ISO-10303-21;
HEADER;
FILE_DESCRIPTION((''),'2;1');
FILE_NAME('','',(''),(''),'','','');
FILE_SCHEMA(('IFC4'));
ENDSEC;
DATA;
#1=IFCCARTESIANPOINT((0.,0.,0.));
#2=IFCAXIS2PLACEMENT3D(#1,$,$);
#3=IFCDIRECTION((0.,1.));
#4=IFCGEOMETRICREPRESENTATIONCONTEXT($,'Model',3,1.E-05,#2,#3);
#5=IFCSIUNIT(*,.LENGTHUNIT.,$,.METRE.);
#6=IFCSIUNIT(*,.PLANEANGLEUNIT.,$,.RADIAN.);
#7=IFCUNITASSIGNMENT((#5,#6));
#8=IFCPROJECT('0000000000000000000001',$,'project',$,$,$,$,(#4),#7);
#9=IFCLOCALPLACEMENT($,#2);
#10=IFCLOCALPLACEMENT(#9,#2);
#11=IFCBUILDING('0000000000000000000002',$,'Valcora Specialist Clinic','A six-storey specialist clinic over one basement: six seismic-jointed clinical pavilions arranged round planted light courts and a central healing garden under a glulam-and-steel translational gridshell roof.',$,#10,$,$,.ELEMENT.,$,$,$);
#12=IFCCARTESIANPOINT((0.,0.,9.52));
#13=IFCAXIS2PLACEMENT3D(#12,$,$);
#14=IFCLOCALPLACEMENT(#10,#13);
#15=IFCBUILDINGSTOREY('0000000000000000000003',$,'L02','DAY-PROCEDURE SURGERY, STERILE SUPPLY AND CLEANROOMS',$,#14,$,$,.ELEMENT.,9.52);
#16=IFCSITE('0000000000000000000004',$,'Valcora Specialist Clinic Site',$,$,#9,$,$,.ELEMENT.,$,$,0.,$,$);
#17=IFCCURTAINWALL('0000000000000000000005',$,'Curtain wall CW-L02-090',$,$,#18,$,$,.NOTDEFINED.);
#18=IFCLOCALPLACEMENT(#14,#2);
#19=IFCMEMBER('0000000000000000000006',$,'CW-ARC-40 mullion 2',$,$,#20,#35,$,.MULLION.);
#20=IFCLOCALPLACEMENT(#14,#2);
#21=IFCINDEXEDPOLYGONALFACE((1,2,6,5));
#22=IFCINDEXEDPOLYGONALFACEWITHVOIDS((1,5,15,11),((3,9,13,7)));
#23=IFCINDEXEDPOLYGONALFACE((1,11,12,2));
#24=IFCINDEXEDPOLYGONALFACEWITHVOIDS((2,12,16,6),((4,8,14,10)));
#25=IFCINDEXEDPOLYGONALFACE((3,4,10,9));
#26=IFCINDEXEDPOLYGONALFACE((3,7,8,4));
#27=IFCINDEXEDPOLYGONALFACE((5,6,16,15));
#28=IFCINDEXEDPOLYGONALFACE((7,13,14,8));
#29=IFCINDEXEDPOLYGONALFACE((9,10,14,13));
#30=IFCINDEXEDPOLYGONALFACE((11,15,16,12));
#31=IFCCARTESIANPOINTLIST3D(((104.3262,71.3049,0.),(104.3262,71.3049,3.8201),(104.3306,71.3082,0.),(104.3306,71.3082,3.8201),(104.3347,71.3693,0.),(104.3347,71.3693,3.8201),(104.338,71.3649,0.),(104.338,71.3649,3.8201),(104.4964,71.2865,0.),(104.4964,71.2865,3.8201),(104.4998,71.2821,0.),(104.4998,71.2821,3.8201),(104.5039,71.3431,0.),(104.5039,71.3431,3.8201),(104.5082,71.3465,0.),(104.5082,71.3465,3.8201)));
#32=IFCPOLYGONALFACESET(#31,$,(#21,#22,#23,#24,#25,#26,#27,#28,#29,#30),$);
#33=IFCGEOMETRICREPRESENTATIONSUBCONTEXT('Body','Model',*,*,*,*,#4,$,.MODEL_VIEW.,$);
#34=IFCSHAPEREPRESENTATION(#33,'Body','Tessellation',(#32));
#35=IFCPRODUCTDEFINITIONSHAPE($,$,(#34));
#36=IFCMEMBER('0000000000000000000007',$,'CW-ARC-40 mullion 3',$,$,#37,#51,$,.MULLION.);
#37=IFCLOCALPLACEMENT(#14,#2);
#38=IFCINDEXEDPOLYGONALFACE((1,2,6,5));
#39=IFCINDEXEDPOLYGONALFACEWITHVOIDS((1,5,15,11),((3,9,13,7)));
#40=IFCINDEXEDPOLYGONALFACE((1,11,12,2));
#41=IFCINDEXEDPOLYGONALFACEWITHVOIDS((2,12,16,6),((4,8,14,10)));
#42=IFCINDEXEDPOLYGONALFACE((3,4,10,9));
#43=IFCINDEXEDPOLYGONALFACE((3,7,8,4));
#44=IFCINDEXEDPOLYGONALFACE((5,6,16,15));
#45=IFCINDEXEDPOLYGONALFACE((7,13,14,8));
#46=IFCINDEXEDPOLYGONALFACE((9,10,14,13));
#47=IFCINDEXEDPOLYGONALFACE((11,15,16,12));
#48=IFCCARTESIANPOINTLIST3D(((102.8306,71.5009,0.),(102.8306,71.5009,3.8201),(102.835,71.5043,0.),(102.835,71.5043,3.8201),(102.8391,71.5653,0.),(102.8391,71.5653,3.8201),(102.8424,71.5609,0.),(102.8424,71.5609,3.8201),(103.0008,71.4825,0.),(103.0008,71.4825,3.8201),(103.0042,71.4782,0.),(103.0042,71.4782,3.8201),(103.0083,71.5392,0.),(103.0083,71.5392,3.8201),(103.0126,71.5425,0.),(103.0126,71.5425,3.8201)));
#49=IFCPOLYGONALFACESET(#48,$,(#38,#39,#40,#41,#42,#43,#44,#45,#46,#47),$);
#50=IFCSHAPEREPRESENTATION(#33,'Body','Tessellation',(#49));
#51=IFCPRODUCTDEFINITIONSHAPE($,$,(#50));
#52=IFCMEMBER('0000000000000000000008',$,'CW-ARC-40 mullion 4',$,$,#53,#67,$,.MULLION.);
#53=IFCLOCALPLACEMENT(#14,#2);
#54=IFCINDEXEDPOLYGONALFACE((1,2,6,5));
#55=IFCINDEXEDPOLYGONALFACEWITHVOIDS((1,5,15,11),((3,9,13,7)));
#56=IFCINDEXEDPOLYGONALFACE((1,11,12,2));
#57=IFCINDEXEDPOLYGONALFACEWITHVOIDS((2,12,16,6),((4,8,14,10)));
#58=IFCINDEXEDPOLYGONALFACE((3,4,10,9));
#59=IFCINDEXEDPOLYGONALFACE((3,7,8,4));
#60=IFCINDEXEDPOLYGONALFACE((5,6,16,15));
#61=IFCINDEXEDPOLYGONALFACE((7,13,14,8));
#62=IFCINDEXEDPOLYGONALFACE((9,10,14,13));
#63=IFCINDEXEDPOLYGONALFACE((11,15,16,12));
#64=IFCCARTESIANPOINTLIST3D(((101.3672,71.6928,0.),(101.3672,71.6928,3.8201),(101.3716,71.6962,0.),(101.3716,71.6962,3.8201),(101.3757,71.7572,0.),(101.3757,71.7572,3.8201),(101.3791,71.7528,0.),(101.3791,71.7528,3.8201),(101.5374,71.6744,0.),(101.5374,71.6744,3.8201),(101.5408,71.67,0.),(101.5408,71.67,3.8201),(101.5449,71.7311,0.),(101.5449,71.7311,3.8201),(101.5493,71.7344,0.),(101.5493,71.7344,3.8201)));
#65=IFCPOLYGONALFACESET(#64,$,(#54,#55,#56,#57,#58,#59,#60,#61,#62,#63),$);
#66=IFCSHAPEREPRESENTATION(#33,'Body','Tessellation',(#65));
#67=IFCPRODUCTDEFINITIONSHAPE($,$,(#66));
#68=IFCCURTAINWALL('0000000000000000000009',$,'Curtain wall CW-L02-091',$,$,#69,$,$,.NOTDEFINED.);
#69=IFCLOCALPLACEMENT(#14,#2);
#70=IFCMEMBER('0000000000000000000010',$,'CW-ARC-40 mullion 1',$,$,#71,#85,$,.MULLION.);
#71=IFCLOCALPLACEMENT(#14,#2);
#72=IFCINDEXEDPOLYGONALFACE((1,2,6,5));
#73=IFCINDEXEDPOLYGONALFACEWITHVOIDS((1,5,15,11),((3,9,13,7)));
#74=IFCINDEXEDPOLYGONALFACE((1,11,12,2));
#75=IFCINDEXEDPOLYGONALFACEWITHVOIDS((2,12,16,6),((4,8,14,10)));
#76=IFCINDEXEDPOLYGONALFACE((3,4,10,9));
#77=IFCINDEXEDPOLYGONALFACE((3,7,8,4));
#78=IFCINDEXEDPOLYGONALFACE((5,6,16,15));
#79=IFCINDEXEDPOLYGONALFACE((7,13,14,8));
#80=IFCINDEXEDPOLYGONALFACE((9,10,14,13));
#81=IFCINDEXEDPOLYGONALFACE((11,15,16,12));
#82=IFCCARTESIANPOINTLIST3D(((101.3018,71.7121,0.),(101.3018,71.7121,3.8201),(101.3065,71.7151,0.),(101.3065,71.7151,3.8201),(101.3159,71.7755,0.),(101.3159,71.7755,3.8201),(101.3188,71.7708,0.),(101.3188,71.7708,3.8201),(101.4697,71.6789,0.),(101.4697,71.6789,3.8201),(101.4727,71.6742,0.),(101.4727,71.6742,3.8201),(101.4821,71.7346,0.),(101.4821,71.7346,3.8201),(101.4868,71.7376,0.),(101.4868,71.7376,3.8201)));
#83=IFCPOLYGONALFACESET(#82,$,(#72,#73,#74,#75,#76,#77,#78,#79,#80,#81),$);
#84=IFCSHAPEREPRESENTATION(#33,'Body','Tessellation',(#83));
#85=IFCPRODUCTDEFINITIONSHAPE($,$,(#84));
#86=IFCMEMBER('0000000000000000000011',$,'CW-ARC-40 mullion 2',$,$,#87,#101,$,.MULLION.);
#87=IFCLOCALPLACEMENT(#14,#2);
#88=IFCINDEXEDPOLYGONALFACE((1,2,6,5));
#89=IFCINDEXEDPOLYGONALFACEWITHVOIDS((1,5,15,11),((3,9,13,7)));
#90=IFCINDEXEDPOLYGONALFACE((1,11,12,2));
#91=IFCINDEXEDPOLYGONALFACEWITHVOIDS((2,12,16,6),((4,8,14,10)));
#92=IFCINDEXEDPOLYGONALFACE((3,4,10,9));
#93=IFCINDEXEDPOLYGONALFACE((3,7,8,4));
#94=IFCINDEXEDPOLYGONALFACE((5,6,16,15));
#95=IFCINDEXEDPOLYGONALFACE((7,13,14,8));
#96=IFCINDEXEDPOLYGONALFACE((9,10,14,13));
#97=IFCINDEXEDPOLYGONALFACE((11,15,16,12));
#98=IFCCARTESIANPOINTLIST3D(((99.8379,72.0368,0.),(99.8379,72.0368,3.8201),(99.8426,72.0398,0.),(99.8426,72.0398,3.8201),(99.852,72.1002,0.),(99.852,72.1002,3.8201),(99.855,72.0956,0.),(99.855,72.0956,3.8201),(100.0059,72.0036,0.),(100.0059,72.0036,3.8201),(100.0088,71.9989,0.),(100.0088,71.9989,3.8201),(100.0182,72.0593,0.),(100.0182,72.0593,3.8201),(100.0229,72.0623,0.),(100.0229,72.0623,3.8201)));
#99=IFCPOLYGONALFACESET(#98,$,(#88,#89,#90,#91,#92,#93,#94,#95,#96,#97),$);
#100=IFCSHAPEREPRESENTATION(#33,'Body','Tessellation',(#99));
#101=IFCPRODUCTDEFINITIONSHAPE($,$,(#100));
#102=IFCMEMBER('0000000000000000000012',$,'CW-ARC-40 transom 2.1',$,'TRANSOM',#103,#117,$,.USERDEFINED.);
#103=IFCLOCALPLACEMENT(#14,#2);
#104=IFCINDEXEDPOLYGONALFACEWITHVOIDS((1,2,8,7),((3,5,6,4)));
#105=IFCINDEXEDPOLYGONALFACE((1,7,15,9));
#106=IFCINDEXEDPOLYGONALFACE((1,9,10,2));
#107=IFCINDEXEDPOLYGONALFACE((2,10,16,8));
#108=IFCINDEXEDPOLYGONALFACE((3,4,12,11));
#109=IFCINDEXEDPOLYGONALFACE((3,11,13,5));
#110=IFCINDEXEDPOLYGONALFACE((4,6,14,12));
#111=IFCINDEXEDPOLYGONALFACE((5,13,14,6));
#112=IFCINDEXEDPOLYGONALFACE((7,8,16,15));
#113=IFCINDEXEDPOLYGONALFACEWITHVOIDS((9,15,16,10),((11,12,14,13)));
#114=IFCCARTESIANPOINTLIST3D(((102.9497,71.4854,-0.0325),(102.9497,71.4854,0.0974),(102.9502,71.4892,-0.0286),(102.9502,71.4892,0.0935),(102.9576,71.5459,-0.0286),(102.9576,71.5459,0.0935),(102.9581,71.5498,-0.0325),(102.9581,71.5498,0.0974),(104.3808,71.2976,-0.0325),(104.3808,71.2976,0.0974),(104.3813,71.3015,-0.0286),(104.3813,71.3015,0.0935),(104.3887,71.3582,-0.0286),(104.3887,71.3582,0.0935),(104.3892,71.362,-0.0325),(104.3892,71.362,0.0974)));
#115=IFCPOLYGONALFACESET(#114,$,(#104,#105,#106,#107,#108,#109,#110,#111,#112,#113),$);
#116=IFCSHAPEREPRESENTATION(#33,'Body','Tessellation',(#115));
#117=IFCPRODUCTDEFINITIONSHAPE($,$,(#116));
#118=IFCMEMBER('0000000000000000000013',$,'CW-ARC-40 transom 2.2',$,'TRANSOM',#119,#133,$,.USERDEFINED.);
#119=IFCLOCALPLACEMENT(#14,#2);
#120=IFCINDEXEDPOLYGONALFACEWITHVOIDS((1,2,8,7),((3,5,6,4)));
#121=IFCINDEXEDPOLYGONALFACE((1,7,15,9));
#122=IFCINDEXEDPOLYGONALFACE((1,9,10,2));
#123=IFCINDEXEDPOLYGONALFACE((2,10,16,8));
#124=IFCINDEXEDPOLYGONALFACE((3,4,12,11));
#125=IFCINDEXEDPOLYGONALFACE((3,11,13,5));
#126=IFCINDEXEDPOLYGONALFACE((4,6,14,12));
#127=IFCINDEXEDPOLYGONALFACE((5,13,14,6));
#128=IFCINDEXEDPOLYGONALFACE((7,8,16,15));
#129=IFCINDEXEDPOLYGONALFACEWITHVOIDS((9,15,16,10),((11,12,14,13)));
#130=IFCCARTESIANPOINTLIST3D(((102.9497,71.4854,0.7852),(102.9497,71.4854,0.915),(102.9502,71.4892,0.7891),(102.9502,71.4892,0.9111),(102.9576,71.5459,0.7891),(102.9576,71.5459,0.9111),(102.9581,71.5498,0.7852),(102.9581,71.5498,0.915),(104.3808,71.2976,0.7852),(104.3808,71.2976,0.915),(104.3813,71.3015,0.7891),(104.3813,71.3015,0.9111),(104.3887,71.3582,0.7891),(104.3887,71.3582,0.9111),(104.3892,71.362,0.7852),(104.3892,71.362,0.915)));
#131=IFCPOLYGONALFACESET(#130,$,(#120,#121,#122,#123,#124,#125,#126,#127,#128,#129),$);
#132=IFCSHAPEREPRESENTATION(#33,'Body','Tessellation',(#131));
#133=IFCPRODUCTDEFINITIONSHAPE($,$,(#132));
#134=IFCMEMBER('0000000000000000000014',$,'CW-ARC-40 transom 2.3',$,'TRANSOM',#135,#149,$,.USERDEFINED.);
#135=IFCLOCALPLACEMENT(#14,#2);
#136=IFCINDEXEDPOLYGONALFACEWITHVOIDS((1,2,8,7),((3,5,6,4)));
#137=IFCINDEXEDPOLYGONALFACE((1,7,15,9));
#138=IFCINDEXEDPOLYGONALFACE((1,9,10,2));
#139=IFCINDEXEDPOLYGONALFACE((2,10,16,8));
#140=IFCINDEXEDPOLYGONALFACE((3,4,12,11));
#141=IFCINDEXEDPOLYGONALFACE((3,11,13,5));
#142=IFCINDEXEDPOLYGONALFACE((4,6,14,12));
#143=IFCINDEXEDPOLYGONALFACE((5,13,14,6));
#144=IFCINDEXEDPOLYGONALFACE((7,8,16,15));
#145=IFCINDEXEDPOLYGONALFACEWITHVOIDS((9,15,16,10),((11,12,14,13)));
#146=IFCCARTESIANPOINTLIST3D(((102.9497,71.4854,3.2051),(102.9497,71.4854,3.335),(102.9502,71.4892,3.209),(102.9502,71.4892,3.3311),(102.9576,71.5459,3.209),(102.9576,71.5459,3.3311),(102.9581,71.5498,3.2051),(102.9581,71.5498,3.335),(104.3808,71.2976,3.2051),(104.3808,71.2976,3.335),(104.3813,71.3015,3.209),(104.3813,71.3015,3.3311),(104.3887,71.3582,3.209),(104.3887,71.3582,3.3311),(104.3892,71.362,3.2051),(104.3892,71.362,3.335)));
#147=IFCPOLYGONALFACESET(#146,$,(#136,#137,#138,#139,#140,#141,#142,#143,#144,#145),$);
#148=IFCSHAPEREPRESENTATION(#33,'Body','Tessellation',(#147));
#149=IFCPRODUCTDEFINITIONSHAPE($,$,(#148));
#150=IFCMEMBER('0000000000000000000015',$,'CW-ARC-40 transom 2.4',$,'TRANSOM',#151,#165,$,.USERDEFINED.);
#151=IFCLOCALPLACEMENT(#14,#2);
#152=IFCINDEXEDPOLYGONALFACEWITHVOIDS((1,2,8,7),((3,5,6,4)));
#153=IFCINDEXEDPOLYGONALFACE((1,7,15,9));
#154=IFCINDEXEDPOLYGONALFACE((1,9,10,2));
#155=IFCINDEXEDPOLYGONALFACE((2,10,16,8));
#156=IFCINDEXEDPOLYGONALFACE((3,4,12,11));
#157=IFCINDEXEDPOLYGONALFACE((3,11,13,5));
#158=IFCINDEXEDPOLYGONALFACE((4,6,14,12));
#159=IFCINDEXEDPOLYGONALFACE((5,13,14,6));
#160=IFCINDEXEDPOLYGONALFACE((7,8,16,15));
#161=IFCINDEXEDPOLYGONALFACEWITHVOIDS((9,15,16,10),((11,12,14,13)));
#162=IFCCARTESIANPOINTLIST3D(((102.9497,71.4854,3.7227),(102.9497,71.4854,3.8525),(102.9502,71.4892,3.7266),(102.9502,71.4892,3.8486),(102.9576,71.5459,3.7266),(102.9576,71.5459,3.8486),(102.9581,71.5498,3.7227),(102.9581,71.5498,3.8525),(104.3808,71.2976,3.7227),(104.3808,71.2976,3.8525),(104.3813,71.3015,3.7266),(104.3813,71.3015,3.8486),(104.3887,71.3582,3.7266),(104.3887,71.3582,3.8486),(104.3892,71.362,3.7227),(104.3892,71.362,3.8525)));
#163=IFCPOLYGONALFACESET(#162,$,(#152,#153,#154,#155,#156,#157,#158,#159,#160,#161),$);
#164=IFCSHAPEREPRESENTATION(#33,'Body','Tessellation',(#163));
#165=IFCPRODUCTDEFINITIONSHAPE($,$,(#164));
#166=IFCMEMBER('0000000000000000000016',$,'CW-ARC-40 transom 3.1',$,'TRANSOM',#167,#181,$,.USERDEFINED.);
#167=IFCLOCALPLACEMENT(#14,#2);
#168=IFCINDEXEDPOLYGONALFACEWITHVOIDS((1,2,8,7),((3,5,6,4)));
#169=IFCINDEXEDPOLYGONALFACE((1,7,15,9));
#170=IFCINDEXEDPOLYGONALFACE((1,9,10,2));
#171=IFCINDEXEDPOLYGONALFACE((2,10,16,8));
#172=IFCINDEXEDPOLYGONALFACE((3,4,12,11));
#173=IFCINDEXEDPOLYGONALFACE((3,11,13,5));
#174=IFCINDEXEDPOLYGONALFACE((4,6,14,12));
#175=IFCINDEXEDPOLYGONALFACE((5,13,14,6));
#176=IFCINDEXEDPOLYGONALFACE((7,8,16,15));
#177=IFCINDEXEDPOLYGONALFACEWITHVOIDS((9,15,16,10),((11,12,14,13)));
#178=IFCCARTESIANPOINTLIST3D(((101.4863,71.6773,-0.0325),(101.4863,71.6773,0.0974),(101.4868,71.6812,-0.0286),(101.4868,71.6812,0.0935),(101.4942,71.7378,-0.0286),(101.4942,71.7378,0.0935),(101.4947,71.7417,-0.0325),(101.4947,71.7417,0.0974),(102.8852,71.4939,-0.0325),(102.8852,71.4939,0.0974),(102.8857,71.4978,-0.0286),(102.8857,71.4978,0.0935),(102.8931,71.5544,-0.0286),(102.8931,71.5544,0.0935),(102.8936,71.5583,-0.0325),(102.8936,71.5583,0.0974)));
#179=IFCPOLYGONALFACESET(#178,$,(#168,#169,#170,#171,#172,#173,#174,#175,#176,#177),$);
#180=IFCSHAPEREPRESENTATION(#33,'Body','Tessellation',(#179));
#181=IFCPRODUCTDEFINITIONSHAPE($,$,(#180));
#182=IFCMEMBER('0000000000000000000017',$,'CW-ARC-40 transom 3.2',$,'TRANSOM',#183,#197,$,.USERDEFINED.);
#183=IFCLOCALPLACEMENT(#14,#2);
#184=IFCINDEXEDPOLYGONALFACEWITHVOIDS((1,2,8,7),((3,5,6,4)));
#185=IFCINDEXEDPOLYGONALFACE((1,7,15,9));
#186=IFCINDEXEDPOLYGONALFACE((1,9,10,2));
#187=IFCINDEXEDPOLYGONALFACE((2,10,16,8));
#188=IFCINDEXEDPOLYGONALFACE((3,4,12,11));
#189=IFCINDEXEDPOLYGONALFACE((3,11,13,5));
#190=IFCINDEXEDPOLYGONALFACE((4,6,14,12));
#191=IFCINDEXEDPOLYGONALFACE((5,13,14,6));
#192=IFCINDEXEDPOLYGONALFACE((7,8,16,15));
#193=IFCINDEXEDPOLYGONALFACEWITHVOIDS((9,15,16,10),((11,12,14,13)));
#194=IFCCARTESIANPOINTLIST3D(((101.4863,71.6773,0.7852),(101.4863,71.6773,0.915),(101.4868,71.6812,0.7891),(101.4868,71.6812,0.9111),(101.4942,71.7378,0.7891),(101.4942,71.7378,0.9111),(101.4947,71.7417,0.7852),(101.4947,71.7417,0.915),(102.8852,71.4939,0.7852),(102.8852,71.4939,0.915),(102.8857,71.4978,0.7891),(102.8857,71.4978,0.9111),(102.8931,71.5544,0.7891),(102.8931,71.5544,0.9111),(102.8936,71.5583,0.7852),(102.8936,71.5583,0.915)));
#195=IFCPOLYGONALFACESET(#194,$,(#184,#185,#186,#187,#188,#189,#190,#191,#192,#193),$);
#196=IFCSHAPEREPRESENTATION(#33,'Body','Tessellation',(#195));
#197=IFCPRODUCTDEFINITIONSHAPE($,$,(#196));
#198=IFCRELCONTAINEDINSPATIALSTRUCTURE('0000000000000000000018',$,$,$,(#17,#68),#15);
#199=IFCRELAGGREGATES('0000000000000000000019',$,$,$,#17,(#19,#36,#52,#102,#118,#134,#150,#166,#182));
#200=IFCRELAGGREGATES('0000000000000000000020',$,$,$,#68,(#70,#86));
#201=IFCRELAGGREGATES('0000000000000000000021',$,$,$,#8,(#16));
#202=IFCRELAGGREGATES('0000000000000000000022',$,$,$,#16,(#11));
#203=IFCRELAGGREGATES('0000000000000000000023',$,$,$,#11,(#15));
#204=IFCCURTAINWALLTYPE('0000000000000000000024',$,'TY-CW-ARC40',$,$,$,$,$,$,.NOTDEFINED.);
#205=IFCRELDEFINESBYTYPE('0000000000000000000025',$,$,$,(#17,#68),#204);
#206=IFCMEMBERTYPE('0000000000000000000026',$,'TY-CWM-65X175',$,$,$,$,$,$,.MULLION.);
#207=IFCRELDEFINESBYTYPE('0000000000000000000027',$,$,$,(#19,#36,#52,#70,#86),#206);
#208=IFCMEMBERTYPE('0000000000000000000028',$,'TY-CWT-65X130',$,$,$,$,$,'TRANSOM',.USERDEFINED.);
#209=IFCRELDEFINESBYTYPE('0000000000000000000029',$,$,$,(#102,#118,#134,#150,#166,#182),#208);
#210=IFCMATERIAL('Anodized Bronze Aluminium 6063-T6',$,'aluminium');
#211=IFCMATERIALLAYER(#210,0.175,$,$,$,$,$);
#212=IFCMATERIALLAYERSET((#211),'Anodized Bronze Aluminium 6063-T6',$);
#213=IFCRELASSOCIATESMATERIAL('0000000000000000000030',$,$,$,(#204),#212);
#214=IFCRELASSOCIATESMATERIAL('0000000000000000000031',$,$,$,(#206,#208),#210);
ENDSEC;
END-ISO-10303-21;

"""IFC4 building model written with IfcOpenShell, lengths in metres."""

from ifc_helpers import new_model, si_unit, direction, frame, origin, origin_2d, place, context, subcontext, project, spatial, hollow_rectangle, extrude, material, layer, layer_set, material_profile, profile_set, type_object, element, aggregate, save


model = new_model("IFC4")

# Units and contexts
model_context = context("Model", 3, precision=1e-05, world=origin(), true_north=direction((0.0, 1.0)))
body_context = subcontext(model_context, "Body", "Model", "MODEL_VIEW")
ifc_project = project(units=[si_unit("LENGTHUNIT", "METRE"), si_unit("PLANEANGLEUNIT", "RADIAN")], contexts=[model_context])

# Site, building, storey
site_placement = place(None, origin())
site = spatial("IfcSite", under=ifc_project, at=site_placement, Name="Valcora Specialist Clinic Site", CompositionType="ELEMENT", RefElevation=0.0)
building_placement = place(site_placement, origin())
building = spatial("IfcBuilding", under=site, at=building_placement, Name="Valcora Specialist Clinic", Description="A six-storey specialist clinic over one basement: six seismic-jointed clinical pavilions arranged round planted light courts and a central healing garden under a glulam-and-steel translational gridshell roof.", CompositionType="ELEMENT")
storey_placement = place(building_placement, frame((0.0, 0.0, 9.52)))
storey = spatial("IfcBuildingStorey", under=building, at=storey_placement, Name="L02", Description="DAY-PROCEDURE SURGERY, STERILE SUPPLY AND CLEANROOMS", CompositionType="ELEMENT", Elevation=9.52)

# Curtain walls, members
ifc_material_1 = material(Name="Anodized Bronze Aluminium 6063-T6", Category="aluminium")
ifc_layer_1 = layer(ifc_material_1, 0.175)
ifc_layer_set_1 = layer_set([ifc_layer_1], Name="Anodized Bronze Aluminium 6063-T6")
curtain_wall_type = type_object("IfcCurtainWallType", Name="TY-CW-ARC40", PredefinedType="NOTDEFINED", material=ifc_layer_set_1)
curtain_wall_1_placement = place(storey_placement, origin())
curtain_wall_1 = element("IfcCurtainWall", 1, at=curtain_wall_1_placement, inside=storey, type_object=curtain_wall_type, Name="Curtain wall CW-L02-090", PredefinedType="NOTDEFINED")
ifc_material_profile_1 = material_profile(ifc_material_1, hollow_rectangle(XDim=0.0649, YDim=0.175, WallThickness=0.0039, at=origin_2d()), Name="AL-MUL-65X175")
ifc_profile_set_1 = profile_set([ifc_material_profile_1], Name="Anodized Bronze Aluminium 6063-T6")
member_type_1 = type_object("IfcMemberType", Name="TY-CWM-65X175", PredefinedType="MULLION", material=ifc_profile_set_1)
member_1_placement = place(storey_placement, frame((104.4172, 71.3257, 0.0), z_axis=(0.0, 0.0, 1.0), x_axis=(-0.129999, -0.991514, 0.0)))
member_1 = element("IfcMember", 2, at=member_1_placement, type_object=member_type_1, Name="CW-ARC-40 mullion 2", PredefinedType="MULLION", context=body_context, shape_type="SweptSolid", body=[
    extrude(hollow_rectangle(XDim=0.0649, YDim=0.175, WallThickness=0.0039, at=origin_2d()), origin(), (0.0, 0.0, 1.0), 3.8201),
])
member_2_placement = place(storey_placement, frame((102.9216, 71.5217, 0.0), z_axis=(0.0, 0.0, 1.0), x_axis=(-0.129999, -0.991514, 0.0)))
member_2 = element("IfcMember", 3, at=member_2_placement, type_object=member_type_1, Name="CW-ARC-40 mullion 3", PredefinedType="MULLION", context=body_context, shape_type="SweptSolid", body=[
    extrude(hollow_rectangle(XDim=0.0649, YDim=0.175, WallThickness=0.0039, at=origin_2d()), origin(), (0.0, 0.0, 1.0), 3.8201),
])
member_3_placement = place(storey_placement, frame((101.4583, 71.7136, 0.0), z_axis=(0.0, 0.0, 1.0), x_axis=(-0.129999, -0.991514, 0.0)))
member_3 = element("IfcMember", 4, at=member_3_placement, type_object=member_type_1, Name="CW-ARC-40 mullion 4", PredefinedType="MULLION", context=body_context, shape_type="SweptSolid", body=[
    extrude(hollow_rectangle(XDim=0.0649, YDim=0.175, WallThickness=0.0039, at=origin_2d()), origin(), (0.0, 0.0, 1.0), 3.8201),
])
curtain_wall_2_placement = place(storey_placement, origin())
curtain_wall_2 = element("IfcCurtainWall", 5, at=curtain_wall_2_placement, inside=storey, type_object=curtain_wall_type, Name="Curtain wall CW-L02-091", PredefinedType="NOTDEFINED")
member_4_placement = place(storey_placement, frame((101.3943, 71.7249, 0.0), z_axis=(0.0, 0.0, 1.0), x_axis=(-0.216518, -0.976279, 0.0)))
member_4 = element("IfcMember", 6, at=member_4_placement, type_object=member_type_1, Name="CW-ARC-40 mullion 1", PredefinedType="MULLION", context=body_context, shape_type="SweptSolid", body=[
    extrude(hollow_rectangle(XDim=0.0649, YDim=0.175, WallThickness=0.0039, at=origin_2d()), origin(), (0.0, 0.0, 1.0), 3.8201),
])
member_5_placement = place(storey_placement, frame((99.9304, 72.0496, 0.0), z_axis=(0.0, 0.0, 1.0), x_axis=(-0.216518, -0.976279, 0.0)))
member_5 = element("IfcMember", 7, at=member_5_placement, type_object=member_type_1, Name="CW-ARC-40 mullion 2", PredefinedType="MULLION", context=body_context, shape_type="SweptSolid", body=[
    extrude(hollow_rectangle(XDim=0.0649, YDim=0.175, WallThickness=0.0039, at=origin_2d()), origin(), (0.0, 0.0, 1.0), 3.8201),
])

# Members
ifc_material_profile_2 = material_profile(ifc_material_1, hollow_rectangle(XDim=0.0649, YDim=0.1299, WallThickness=0.0039, at=origin_2d()), Name="AL-TRN-65X130")
ifc_profile_set_2 = profile_set([ifc_material_profile_2], Name="Anodized Bronze Aluminium 6063-T6")
member_type_2 = type_object("IfcMemberType", Name="TY-CWT-65X130", ElementType="TRANSOM", PredefinedType="USERDEFINED", material=ifc_profile_set_2)
member_6_placement = place(storey_placement, frame((104.385, 71.3298, 0.0325), z_axis=(-0.991505, 0.130069, 0.0), x_axis=(-0.130069, -0.991505, 0.0)))
member_6 = element("IfcMember", 8, at=member_6_placement, type_object=member_type_2, Name="CW-ARC-40 transom 2.1", ObjectType="TRANSOM", PredefinedType="USERDEFINED", context=body_context, shape_type="SweptSolid", body=[
    extrude(hollow_rectangle(XDim=0.0649, YDim=0.1299, WallThickness=0.0039, at=origin_2d()), origin(), (0.0, 0.0, 1.0), 1.4434),
])
member_7_placement = place(storey_placement, frame((104.385, 71.3298, 0.8501), z_axis=(-0.991505, 0.130069, 0.0), x_axis=(-0.130069, -0.991505, 0.0)))
member_7 = element("IfcMember", 9, at=member_7_placement, type_object=member_type_2, Name="CW-ARC-40 transom 2.2", ObjectType="TRANSOM", PredefinedType="USERDEFINED", context=body_context, shape_type="SweptSolid", body=[
    extrude(hollow_rectangle(XDim=0.0649, YDim=0.1299, WallThickness=0.0039, at=origin_2d()), origin(), (0.0, 0.0, 1.0), 1.4434),
])
member_8_placement = place(storey_placement, frame((104.385, 71.3298, 3.27), z_axis=(-0.991505, 0.130069, 0.0), x_axis=(-0.130069, -0.991505, 0.0)))
member_8 = element("IfcMember", 10, at=member_8_placement, type_object=member_type_2, Name="CW-ARC-40 transom 2.3", ObjectType="TRANSOM", PredefinedType="USERDEFINED", context=body_context, shape_type="SweptSolid", body=[
    extrude(hollow_rectangle(XDim=0.0649, YDim=0.1299, WallThickness=0.0039, at=origin_2d()), origin(), (0.0, 0.0, 1.0), 1.4434),
])
member_9_placement = place(storey_placement, frame((104.385, 71.3298, 3.7876), z_axis=(-0.991505, 0.130069, 0.0), x_axis=(-0.130069, -0.991505, 0.0)))
member_9 = element("IfcMember", 11, at=member_9_placement, type_object=member_type_2, Name="CW-ARC-40 transom 2.4", ObjectType="TRANSOM", PredefinedType="USERDEFINED", context=body_context, shape_type="SweptSolid", body=[
    extrude(hollow_rectangle(XDim=0.0649, YDim=0.1299, WallThickness=0.0039, at=origin_2d()), origin(), (0.0, 0.0, 1.0), 1.4434),
])
member_10_placement = place(storey_placement, frame((102.8894, 71.5261, 0.0325), z_axis=(-0.99152, 0.129953, 0.0), x_axis=(-0.129953, -0.99152, 0.0)))
member_10 = element("IfcMember", 12, at=member_10_placement, type_object=member_type_2, Name="CW-ARC-40 transom 3.1", ObjectType="TRANSOM", PredefinedType="USERDEFINED", context=body_context, shape_type="SweptSolid", body=[
    extrude(hollow_rectangle(XDim=0.0649, YDim=0.1299, WallThickness=0.0039, at=origin_2d()), origin(), (0.0, 0.0, 1.0), 1.4109),
])
member_11_placement = place(storey_placement, frame((102.8894, 71.5261, 0.8501), z_axis=(-0.99152, 0.129953, 0.0), x_axis=(-0.129953, -0.99152, 0.0)))
member_11 = element("IfcMember", 13, at=member_11_placement, type_object=member_type_2, Name="CW-ARC-40 transom 3.2", ObjectType="TRANSOM", PredefinedType="USERDEFINED", context=body_context, shape_type="SweptSolid", body=[
    extrude(hollow_rectangle(XDim=0.0649, YDim=0.1299, WallThickness=0.0039, at=origin_2d()), origin(), (0.0, 0.0, 1.0), 1.4109),
])

aggregate(curtain_wall_1, [member_1, member_2, member_3, member_6, member_7, member_8, member_9, member_10, member_11])
aggregate(curtain_wall_2, [member_4, member_5])

save(model, "model.ifc")
